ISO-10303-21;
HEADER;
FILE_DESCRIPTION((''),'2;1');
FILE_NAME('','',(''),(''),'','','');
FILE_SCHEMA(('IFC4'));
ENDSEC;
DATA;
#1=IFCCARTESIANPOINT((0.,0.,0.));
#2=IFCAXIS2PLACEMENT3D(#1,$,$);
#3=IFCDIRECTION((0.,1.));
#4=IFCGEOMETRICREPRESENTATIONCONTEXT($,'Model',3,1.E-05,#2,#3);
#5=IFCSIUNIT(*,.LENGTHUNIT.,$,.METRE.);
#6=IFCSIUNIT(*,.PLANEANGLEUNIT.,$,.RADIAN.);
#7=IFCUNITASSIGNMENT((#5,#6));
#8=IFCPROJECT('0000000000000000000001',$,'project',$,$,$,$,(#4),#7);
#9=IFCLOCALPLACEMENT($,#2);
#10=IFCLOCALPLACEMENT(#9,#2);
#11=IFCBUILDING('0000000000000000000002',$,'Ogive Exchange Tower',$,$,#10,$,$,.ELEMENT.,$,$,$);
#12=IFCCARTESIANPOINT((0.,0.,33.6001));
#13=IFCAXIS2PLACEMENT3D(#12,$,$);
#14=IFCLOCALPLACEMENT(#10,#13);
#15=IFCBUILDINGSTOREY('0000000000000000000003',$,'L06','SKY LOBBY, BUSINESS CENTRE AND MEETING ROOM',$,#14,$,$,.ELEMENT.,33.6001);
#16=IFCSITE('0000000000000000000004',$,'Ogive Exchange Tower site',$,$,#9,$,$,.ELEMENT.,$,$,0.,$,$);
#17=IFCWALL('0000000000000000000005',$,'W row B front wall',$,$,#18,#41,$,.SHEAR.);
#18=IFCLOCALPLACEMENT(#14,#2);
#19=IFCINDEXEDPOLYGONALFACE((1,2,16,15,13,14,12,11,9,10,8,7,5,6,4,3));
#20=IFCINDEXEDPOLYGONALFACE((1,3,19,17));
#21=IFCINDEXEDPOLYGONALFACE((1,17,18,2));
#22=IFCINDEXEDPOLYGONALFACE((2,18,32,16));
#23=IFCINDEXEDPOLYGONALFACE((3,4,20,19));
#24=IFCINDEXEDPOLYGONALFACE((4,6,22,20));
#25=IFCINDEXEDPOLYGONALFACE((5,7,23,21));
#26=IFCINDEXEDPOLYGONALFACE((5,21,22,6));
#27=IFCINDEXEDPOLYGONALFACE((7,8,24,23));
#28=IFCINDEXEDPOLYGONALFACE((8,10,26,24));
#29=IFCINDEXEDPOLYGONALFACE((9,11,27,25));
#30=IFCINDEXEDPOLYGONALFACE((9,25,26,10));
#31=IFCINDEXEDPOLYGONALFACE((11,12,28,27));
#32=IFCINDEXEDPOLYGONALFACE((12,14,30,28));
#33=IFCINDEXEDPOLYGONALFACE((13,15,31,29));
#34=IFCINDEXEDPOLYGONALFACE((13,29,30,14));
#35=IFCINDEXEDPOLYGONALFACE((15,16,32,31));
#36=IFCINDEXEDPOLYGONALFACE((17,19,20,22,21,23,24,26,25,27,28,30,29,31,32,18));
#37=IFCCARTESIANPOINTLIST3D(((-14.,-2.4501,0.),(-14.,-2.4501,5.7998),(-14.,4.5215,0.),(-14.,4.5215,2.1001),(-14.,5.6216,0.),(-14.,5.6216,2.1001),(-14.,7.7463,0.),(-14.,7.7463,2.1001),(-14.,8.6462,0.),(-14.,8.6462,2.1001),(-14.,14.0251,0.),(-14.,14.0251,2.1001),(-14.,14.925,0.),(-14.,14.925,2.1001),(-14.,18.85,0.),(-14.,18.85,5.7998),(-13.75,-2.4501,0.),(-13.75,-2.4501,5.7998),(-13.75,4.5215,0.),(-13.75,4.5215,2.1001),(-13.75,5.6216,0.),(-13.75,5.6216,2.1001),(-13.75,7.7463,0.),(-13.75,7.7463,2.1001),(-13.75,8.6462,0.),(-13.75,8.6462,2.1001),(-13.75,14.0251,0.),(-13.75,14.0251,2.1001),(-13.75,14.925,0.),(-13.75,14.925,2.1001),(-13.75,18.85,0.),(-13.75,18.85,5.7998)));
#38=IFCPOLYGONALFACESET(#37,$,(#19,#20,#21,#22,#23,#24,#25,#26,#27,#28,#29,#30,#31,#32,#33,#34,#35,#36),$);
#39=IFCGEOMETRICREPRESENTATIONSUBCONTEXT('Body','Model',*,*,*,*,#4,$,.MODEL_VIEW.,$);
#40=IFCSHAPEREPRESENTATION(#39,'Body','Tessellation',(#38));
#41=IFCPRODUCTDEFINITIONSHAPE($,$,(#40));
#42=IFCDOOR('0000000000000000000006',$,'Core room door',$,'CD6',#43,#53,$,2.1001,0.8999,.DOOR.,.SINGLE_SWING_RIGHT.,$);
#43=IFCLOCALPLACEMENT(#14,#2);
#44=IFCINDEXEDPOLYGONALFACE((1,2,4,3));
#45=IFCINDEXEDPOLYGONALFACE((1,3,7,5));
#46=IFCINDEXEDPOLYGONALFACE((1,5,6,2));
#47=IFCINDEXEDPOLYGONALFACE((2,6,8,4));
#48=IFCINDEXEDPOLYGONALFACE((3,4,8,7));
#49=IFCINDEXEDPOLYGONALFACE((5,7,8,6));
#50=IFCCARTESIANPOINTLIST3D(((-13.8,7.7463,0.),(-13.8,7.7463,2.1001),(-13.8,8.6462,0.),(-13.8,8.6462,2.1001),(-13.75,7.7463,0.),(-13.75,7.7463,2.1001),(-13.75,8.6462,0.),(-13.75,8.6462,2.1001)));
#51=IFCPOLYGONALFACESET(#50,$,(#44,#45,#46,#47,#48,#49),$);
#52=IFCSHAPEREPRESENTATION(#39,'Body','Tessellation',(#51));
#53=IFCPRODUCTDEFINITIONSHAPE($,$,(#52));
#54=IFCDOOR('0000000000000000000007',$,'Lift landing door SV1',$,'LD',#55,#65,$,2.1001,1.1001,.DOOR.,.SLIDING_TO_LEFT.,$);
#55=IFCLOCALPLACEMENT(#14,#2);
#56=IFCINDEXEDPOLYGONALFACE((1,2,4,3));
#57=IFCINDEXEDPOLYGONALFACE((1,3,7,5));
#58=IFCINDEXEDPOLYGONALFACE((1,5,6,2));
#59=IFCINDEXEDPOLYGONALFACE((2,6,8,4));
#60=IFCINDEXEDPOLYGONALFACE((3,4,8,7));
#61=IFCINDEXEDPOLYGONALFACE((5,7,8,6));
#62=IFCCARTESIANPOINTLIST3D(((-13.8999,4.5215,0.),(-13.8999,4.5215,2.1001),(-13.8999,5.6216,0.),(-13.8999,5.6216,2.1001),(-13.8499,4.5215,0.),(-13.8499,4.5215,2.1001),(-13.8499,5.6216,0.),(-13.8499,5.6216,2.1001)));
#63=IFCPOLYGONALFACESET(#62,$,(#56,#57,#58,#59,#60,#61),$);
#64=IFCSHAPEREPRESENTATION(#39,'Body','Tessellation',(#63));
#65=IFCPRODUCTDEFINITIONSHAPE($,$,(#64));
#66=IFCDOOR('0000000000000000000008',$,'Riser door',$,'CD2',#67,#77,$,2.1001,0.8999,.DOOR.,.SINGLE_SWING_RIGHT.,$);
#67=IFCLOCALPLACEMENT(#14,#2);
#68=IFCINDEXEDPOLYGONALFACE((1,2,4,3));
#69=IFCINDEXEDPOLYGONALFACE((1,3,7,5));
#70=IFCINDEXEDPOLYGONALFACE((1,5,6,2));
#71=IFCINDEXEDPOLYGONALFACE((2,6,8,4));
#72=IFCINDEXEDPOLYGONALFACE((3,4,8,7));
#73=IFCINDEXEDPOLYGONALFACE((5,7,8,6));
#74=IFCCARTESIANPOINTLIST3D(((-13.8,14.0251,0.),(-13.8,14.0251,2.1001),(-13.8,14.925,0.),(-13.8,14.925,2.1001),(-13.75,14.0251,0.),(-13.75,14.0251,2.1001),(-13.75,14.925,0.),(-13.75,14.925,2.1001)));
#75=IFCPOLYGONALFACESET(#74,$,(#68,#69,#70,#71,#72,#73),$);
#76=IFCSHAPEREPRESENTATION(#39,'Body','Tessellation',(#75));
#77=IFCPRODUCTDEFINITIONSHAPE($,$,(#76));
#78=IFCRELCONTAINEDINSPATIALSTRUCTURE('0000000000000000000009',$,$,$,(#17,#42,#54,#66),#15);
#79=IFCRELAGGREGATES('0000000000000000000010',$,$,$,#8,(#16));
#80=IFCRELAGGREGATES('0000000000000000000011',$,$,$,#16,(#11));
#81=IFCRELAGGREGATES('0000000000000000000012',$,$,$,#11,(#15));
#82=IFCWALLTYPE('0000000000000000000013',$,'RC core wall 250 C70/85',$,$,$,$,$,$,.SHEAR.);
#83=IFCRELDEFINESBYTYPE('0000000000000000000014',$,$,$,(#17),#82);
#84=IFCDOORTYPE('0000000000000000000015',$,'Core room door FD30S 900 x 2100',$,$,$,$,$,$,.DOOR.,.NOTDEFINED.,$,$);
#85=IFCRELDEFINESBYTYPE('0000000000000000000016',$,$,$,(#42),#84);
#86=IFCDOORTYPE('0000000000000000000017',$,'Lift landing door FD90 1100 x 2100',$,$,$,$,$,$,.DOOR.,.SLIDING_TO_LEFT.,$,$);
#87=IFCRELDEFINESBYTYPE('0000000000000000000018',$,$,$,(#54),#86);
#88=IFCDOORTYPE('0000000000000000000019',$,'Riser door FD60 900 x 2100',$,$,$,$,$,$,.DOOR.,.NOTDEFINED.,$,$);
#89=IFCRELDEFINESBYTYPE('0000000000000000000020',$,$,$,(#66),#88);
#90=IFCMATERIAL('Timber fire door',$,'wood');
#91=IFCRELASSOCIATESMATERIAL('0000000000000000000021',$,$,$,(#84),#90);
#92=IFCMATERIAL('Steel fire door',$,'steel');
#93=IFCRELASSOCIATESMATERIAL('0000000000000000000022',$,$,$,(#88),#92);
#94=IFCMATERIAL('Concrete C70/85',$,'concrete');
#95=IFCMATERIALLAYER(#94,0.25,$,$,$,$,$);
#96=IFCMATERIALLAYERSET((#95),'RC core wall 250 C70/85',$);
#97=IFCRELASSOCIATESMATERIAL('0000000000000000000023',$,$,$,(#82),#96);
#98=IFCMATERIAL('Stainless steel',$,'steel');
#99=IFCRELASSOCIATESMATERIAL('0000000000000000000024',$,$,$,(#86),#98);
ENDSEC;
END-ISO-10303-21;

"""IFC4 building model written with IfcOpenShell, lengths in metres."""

from ifc_helpers import new_model, si_unit, direction, frame, frame_2d, origin, place, context, subcontext, project, spatial, rectangle, extrude, material, layer, layer_set, type_object, element, fill, save


model = new_model("IFC4")

# Units and contexts
model_context = context("Model", 3, precision=1e-05, world=origin(), true_north=direction((0.0, 1.0)))
body_context = subcontext(model_context, "Body", "Model", "MODEL_VIEW")
ifc_project = project(units=[si_unit("LENGTHUNIT", "METRE"), si_unit("PLANEANGLEUNIT", "RADIAN")], contexts=[model_context])

# Site, building, storey
site_placement = place(None, origin())
site = spatial("IfcSite", under=ifc_project, at=site_placement, Name="Ogive Exchange Tower site", CompositionType="ELEMENT", RefElevation=0.0)
building_placement = place(site_placement, origin())
building = spatial("IfcBuilding", under=site, at=building_placement, Name="Ogive Exchange Tower", CompositionType="ELEMENT")
storey_placement = place(building_placement, frame((0.0, 0.0, 33.6001)))
storey = spatial("IfcBuildingStorey", under=building, at=storey_placement, Name="L06", Description="SKY LOBBY, BUSINESS CENTRE AND MEETING ROOM", CompositionType="ELEMENT", Elevation=33.6001)

# Shared definitions
ifc_material_1 = material(Name="Concrete C70/85", Category="concrete")
ifc_material_2 = material(Name="Timber fire door", Category="wood")
door_type_1 = type_object("IfcDoorType", Name="Core room door FD30S 900 x 2100", OperationType="NOTDEFINED", PredefinedType="DOOR", material=ifc_material_2)
ifc_material_3 = material(Name="Steel fire door", Category="steel")
door_type_2 = type_object("IfcDoorType", Name="Riser door FD60 900 x 2100", OperationType="NOTDEFINED", PredefinedType="DOOR", material=ifc_material_3)

# Shared definitions
ifc_layer_1 = layer(ifc_material_1, 0.25)
ifc_layer_set_1 = layer_set([ifc_layer_1], Name="RC core wall 250 C70/85")
wall_type_1 = type_object("IfcWallType", Name="RC core wall 250 C70/85", PredefinedType="SHEAR", material=ifc_layer_set_1)

# Wall, openings, doors
wall_1_placement = place(storey_placement, frame((-13.875, -2.45, 0.0), z_axis=(0.0, 0.0, 1.0), x_axis=(0.0, 1.0, 0.0)))
wall_1 = element("IfcWall", 1, at=wall_1_placement, inside=storey, type_object=wall_type_1, Name="W row B front wall", PredefinedType="SHEAR", context=body_context, shape_type="SweptSolid", body=[
    extrude(rectangle(XDim=21.3, YDim=0.25, at=frame_2d((10.6499, 0.0))), origin(), (0.0, 0.0, 1.0), 5.7998),
])
opening_1_placement = place(wall_1_placement, frame((10.1963, 0.0, 0.0)))
opening_1 = element("IfcOpeningElement", 2, at=opening_1_placement, cuts=wall_1, PredefinedType="OPENING", context=body_context, shape_type="SweptSolid", body=[
    extrude(rectangle(XDim=0.8999, YDim=2.1001, at=frame_2d((0.45, 1.05))), frame((0.0, 0.135, 0.0), z_axis=(0.0, -1.0, 0.0), x_axis=(1.0, 0.0, 0.0)), (0.0, 0.0, 1.0), 0.27),
])
opening_2_placement = place(wall_1_placement, frame((16.4751, 0.0, 0.0)))
opening_2 = element("IfcOpeningElement", 3, at=opening_2_placement, cuts=wall_1, PredefinedType="OPENING", context=body_context, shape_type="SweptSolid", body=[
    extrude(rectangle(XDim=0.8999, YDim=2.1001, at=frame_2d((0.45, 1.05))), frame((0.0, 0.135, 0.0), z_axis=(0.0, -1.0, 0.0), x_axis=(1.0, 0.0, 0.0)), (0.0, 0.0, 1.0), 0.27),
])
opening_3_placement = place(wall_1_placement, frame((6.9714, 0.0, 0.0)))
opening_3 = element("IfcOpeningElement", 4, at=opening_3_placement, cuts=wall_1, PredefinedType="OPENING", context=body_context, shape_type="SweptSolid", body=[
    extrude(rectangle(XDim=1.1001, YDim=2.1001, at=frame_2d((0.55, 1.05))), frame((0.0, 0.135, 0.0), z_axis=(0.0, -1.0, 0.0), x_axis=(1.0, 0.0, 0.0)), (0.0, 0.0, 1.0), 0.27),
])
door_1_placement = place(opening_1_placement, frame((0.8999, -0.2002, 0.0), z_axis=(0.0, 0.0, 1.0), x_axis=(-1.0, 0.0, 0.0)))
door_1 = element("IfcDoor", 5, at=door_1_placement, inside=storey, type_object=door_type_1, Name="Core room door", ObjectType="CD6", OperationType="SINGLE_SWING_RIGHT", OverallHeight=2.1001, OverallWidth=0.8999, PredefinedType="DOOR", context=body_context, shape_type="SweptSolid", body=[
    extrude(rectangle(XDim=0.8999, YDim=2.1001, at=frame_2d((0.45, 1.05))), frame((0.0, -0.0752, 0.0), z_axis=(0.0, -1.0, 0.0), x_axis=(1.0, 0.0, 0.0)), (0.0, 0.0, 1.0), 0.05),
])
fill(opening_1, door_1)
ifc_material_4 = material(Name="Stainless steel", Category="steel")
door_type_3 = type_object("IfcDoorType", Name="Lift landing door FD90 1100 x 2100", OperationType="SLIDING_TO_LEFT", PredefinedType="DOOR", material=ifc_material_4)
door_2_placement = place(opening_3_placement, origin())
door_2 = element("IfcDoor", 6, at=door_2_placement, inside=storey, type_object=door_type_3, Name="Lift landing door SV1", ObjectType="LD", OperationType="SLIDING_TO_LEFT", OverallHeight=2.1001, OverallWidth=1.1001, PredefinedType="DOOR", context=body_context, shape_type="SweptSolid", body=[
    extrude(rectangle(XDim=1.1001, YDim=2.1001, at=frame_2d((0.55, 1.05))), frame((0.0, 0.0249, 0.0), z_axis=(0.0, -1.0, 0.0), x_axis=(1.0, 0.0, 0.0)), (0.0, 0.0, 1.0), 0.05),
])
fill(opening_3, door_2)
door_3_placement = place(opening_2_placement, frame((0.8999, -0.2002, 0.0), z_axis=(0.0, 0.0, 1.0), x_axis=(-1.0, 0.0, 0.0)))
door_3 = element("IfcDoor", 7, at=door_3_placement, inside=storey, type_object=door_type_2, Name="Riser door", ObjectType="CD2", OperationType="SINGLE_SWING_RIGHT", OverallHeight=2.1001, OverallWidth=0.8999, PredefinedType="DOOR", context=body_context, shape_type="SweptSolid", body=[
    extrude(rectangle(XDim=0.8999, YDim=2.1001, at=frame_2d((0.45, 1.05))), frame((0.0, -0.0752, 0.0), z_axis=(0.0, -1.0, 0.0), x_axis=(1.0, 0.0, 0.0)), (0.0, 0.0, 1.0), 0.05),
])
fill(opening_2, door_3)

save(model, "model.ifc")
